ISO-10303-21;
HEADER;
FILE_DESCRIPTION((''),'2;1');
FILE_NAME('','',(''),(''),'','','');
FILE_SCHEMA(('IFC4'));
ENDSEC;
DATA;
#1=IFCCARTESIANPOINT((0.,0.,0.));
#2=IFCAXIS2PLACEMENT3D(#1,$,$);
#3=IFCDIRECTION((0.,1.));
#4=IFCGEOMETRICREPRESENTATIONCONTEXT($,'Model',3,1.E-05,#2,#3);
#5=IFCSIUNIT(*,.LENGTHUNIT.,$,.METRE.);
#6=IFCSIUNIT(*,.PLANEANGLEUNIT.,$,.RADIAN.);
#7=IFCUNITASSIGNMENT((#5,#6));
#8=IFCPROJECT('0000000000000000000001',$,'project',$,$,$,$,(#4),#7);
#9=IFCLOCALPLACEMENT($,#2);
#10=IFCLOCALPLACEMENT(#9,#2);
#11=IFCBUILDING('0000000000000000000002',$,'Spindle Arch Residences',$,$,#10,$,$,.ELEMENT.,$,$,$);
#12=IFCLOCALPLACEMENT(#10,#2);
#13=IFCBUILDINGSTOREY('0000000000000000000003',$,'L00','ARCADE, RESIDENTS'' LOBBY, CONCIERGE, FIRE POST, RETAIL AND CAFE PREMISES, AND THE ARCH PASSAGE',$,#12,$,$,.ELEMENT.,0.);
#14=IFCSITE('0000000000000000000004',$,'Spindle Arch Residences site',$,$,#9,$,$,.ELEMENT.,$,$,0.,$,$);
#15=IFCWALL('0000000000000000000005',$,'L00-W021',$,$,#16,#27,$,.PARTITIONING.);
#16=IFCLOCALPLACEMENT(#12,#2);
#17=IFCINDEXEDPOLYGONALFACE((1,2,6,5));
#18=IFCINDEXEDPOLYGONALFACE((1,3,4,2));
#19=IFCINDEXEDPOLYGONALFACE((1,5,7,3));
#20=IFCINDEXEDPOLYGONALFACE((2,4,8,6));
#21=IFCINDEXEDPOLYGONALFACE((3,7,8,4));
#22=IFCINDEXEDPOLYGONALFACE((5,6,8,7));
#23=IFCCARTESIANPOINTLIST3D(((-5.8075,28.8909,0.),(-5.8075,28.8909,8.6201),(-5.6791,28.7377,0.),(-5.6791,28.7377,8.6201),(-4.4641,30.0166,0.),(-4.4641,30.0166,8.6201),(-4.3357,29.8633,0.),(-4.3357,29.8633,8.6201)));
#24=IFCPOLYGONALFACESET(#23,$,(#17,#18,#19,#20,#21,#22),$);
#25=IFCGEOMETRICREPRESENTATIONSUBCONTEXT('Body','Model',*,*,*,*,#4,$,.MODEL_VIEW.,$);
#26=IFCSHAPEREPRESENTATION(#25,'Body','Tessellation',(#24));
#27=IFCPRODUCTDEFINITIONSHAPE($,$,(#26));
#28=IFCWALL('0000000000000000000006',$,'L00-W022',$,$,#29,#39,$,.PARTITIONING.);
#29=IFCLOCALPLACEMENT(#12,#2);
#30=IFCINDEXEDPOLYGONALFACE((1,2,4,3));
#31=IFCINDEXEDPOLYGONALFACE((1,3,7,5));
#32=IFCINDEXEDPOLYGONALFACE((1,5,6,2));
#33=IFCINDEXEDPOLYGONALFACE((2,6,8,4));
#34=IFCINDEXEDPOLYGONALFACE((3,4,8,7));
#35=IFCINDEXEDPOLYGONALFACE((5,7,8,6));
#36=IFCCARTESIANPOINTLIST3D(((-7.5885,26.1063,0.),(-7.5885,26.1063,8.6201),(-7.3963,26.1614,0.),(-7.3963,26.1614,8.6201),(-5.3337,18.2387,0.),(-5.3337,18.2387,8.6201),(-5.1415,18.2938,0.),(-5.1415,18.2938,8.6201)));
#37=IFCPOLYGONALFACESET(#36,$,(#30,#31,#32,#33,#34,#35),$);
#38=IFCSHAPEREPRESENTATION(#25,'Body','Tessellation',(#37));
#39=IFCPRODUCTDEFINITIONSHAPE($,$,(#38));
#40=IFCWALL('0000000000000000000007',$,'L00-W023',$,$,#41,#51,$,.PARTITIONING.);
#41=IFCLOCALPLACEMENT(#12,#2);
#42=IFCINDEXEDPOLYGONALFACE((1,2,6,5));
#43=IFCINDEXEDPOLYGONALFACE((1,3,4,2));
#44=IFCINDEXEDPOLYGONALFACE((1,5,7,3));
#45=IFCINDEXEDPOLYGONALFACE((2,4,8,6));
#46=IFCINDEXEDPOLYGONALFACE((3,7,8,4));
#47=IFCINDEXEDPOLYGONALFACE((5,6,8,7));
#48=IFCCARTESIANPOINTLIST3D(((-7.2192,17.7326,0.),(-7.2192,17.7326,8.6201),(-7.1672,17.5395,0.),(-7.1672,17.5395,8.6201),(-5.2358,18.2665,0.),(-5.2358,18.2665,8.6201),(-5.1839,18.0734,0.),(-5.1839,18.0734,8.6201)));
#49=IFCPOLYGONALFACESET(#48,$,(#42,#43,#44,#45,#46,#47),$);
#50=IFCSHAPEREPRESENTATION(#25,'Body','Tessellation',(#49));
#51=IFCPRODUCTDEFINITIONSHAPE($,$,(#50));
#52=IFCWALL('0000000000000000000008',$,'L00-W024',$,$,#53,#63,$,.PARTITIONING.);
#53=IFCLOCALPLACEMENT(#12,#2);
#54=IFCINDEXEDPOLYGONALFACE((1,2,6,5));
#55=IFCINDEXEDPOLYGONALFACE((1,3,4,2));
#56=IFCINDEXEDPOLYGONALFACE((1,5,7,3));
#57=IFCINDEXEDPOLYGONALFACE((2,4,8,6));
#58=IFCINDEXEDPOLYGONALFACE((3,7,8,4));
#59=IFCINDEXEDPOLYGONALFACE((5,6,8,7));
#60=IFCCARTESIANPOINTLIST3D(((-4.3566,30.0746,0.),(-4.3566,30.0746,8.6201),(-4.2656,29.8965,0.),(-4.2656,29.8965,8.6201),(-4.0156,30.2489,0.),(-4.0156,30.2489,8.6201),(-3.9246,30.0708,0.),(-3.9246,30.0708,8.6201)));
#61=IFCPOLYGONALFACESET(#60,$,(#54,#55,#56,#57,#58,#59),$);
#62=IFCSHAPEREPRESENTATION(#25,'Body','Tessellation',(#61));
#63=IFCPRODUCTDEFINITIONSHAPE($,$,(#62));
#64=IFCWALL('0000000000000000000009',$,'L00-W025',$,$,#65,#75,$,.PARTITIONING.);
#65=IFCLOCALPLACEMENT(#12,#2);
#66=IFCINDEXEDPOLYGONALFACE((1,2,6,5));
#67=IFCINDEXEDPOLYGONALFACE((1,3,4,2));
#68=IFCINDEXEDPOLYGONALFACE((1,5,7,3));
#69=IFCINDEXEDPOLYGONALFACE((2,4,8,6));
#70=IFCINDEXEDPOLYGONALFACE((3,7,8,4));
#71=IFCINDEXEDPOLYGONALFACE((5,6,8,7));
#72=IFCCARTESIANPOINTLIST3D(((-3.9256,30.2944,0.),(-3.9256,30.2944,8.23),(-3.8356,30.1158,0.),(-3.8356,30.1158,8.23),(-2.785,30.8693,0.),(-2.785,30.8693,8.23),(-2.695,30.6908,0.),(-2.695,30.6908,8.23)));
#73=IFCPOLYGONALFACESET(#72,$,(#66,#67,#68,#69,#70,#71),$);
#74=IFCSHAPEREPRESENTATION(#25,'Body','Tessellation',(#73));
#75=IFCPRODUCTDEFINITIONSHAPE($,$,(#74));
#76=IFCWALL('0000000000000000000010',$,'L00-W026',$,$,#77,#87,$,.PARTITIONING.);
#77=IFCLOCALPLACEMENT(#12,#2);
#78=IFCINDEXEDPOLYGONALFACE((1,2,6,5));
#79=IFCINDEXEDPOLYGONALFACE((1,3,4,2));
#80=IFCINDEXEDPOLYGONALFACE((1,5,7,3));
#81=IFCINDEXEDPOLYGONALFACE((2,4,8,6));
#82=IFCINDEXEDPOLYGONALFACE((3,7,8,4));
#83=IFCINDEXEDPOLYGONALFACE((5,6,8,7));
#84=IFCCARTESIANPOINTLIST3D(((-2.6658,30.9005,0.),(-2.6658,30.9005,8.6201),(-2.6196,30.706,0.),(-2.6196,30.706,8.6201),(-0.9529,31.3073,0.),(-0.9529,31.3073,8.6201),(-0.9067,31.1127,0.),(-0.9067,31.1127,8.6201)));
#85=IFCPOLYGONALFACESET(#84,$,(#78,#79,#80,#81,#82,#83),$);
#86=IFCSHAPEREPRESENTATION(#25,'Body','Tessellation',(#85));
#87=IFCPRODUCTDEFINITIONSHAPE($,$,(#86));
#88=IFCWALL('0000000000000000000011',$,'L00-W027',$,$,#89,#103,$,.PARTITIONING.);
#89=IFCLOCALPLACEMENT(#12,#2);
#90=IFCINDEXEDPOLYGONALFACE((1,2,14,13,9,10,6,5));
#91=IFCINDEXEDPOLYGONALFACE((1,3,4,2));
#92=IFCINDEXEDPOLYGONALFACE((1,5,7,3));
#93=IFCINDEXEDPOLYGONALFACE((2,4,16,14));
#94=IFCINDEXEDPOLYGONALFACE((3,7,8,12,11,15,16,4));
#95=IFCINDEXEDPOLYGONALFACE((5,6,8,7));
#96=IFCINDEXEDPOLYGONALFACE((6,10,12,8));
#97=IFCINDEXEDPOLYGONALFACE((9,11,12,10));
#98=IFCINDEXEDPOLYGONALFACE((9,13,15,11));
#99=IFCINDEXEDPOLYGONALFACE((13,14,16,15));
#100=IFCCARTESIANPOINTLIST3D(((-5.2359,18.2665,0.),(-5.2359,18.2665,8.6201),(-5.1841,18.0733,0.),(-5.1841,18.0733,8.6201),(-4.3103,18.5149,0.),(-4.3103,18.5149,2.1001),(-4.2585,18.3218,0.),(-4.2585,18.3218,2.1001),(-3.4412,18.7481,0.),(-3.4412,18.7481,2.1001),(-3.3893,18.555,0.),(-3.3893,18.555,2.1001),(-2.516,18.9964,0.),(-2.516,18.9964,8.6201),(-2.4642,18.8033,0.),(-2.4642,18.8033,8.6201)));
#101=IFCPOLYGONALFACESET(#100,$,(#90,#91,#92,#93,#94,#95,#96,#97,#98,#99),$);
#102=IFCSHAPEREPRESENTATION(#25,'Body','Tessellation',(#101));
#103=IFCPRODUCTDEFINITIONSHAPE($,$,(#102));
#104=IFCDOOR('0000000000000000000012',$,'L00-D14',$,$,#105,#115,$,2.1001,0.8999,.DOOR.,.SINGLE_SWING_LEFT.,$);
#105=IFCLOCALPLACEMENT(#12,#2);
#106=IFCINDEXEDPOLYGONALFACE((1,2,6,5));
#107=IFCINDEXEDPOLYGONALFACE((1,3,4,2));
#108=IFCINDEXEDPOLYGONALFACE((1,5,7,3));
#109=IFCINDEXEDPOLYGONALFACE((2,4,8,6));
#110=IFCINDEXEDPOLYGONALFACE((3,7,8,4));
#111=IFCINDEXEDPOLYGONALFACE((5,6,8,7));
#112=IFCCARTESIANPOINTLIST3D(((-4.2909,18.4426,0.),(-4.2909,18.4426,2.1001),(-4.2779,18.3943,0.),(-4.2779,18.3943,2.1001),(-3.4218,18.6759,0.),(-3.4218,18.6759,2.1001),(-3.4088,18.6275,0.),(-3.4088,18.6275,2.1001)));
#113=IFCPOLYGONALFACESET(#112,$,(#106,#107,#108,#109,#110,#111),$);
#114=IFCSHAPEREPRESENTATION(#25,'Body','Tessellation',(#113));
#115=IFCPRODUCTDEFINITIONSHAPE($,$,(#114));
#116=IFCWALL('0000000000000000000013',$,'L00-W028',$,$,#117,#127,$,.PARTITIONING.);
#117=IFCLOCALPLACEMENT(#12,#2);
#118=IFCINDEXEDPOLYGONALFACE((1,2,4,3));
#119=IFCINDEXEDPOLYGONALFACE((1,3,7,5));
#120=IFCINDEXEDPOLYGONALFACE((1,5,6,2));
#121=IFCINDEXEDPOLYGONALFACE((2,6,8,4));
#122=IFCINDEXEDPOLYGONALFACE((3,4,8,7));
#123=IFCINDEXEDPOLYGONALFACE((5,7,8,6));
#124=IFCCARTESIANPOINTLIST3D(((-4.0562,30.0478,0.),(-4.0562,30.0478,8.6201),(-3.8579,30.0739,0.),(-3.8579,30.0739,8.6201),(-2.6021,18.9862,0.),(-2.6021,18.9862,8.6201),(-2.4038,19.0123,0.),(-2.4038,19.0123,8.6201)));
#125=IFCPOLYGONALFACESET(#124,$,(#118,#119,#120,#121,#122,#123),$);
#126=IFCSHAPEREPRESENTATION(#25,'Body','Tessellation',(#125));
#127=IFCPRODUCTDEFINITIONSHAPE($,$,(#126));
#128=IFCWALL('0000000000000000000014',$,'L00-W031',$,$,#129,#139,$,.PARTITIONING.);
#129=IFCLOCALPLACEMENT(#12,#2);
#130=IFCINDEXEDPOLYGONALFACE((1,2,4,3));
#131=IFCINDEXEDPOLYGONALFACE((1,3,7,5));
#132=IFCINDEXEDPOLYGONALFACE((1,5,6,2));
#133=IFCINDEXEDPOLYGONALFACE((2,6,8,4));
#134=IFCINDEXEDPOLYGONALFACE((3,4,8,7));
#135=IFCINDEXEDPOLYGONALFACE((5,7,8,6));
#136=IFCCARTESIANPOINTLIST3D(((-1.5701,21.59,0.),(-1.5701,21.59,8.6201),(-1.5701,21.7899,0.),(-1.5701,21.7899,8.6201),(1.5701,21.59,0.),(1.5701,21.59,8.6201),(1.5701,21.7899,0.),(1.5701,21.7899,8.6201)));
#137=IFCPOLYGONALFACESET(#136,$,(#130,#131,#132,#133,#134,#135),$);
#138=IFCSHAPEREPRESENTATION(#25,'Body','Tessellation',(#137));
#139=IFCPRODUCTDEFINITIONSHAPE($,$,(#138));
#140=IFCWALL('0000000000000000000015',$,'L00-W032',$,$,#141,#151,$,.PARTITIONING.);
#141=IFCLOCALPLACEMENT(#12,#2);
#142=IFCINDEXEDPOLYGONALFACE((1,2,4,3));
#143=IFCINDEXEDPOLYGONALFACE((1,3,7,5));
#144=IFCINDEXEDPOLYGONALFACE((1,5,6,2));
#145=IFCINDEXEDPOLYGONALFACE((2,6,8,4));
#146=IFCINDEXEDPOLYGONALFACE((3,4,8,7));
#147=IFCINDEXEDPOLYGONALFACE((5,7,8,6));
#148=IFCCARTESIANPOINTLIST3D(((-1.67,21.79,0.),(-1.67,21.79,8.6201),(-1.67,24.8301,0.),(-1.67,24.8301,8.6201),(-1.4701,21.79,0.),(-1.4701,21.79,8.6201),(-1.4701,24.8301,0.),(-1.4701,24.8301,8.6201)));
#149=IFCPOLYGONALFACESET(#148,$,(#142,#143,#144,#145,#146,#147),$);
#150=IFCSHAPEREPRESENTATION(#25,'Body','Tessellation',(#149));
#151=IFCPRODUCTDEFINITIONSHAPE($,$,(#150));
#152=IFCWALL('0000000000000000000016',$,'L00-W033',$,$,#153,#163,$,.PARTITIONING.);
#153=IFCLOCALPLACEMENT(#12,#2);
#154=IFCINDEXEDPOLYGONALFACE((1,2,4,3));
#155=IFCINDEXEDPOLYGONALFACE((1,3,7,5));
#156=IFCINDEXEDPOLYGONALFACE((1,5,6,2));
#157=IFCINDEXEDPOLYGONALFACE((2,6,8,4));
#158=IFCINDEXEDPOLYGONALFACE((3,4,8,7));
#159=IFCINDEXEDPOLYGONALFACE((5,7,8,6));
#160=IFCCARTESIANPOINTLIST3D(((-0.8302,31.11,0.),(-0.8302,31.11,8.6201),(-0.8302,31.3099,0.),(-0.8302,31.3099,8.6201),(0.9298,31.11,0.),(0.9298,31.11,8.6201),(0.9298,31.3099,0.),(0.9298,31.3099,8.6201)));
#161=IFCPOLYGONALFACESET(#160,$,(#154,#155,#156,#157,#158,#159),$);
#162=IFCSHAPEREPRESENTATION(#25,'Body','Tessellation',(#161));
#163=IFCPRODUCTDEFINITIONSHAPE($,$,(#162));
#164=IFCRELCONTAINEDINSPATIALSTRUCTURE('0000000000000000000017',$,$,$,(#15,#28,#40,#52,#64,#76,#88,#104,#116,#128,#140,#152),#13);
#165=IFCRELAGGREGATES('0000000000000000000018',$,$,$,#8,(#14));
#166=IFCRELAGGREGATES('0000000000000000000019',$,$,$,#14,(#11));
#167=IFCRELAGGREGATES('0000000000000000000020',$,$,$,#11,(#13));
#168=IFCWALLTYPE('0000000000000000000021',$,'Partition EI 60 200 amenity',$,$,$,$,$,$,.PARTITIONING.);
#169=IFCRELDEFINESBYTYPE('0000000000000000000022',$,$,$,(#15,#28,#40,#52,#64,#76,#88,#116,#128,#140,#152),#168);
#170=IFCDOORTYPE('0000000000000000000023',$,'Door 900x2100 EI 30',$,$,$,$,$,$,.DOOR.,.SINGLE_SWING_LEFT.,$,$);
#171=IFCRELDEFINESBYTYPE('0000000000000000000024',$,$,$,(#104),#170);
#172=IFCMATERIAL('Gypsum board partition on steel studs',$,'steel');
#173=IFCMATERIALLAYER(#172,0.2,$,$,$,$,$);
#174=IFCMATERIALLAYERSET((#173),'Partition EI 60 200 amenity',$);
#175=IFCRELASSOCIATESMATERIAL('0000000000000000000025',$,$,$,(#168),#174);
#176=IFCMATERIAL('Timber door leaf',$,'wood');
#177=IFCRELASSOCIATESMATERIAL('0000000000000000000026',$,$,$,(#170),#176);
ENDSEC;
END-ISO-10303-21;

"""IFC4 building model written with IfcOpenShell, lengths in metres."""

from ifc_helpers import new_model, si_unit, direction, frame, frame_2d, origin, place, context, subcontext, project, spatial, rectangle, extrude, material, layer, layer_set, type_object, element, fill, save


model = new_model("IFC4")

# Units and contexts
model_context = context("Model", 3, precision=1e-05, world=origin(), true_north=direction((0.0, 1.0)))
body_context = subcontext(model_context, "Body", "Model", "MODEL_VIEW")
ifc_project = project(units=[si_unit("LENGTHUNIT", "METRE"), si_unit("PLANEANGLEUNIT", "RADIAN")], contexts=[model_context])

# Site, building, storey
site_placement = place(None, origin())
site = spatial("IfcSite", under=ifc_project, at=site_placement, Name="Spindle Arch Residences site", CompositionType="ELEMENT", RefElevation=0.0)
building_placement = place(site_placement, origin())
building = spatial("IfcBuilding", under=site, at=building_placement, Name="Spindle Arch Residences", CompositionType="ELEMENT")
storey_placement = place(building_placement, origin())
storey = spatial("IfcBuildingStorey", under=building, at=storey_placement, Name="L00", Description="ARCADE, RESIDENTS' LOBBY, CONCIERGE, FIRE POST, RETAIL AND CAFE PREMISES, AND THE ARCH PASSAGE", CompositionType="ELEMENT", Elevation=0.0)

# Shared definitions
ifc_material_1 = material(Name="Gypsum board partition on steel studs", Category="steel")
ifc_layer_1 = layer(ifc_material_1, 0.2)
ifc_layer_set_1 = layer_set([ifc_layer_1], Name="Partition EI 60 200 amenity")
wall_type = type_object("IfcWallType", Name="Partition EI 60 200 amenity", PredefinedType="PARTITIONING", material=ifc_layer_set_1)

# Walls
wall_1_placement = place(storey_placement, frame((-5.7434, 28.8142, 0.0), z_axis=(0.0, 0.0, 1.0), x_axis=(0.766495, 0.642251, 0.0)))
element("IfcWall", 1, at=wall_1_placement, inside=storey, type_object=wall_type, Name="L00-W021", PredefinedType="PARTITIONING", context=body_context, shape_type="SweptSolid", body=[
    extrude(rectangle(XDim=1.7527, YDim=0.2, at=frame_2d((0.8765, 0.0))), origin(), (0.0, 0.0, 1.0), 8.6201),
])
wall_2_placement = place(storey_placement, frame((-5.2375, 18.2661, 0.0), z_axis=(0.0, 0.0, 1.0), x_axis=(-0.275509, 0.961298, 0.0)))
element("IfcWall", 2, at=wall_2_placement, inside=storey, type_object=wall_type, Name="L00-W022", PredefinedType="PARTITIONING", context=body_context, shape_type="SweptSolid", body=[
    extrude(rectangle(XDim=8.1843, YDim=0.2, at=frame_2d((4.0923, 0.0))), origin(), (0.0, 0.0, 1.0), 8.6201),
])
wall_3_placement = place(storey_placement, frame((-5.21, 18.1699, 0.0), z_axis=(0.0, 0.0, 1.0), x_axis=(-0.965623, -0.259948, 0.0)))
element("IfcWall", 3, at=wall_3_placement, inside=storey, type_object=wall_type, Name="L00-W023", PredefinedType="PARTITIONING", context=body_context, shape_type="SweptSolid", body=[
    extrude(rectangle(XDim=2.054, YDim=0.2, at=frame_2d((1.0269, 0.0))), origin(), (0.0, 0.0, 1.0), 8.6201),
])
wall_4_placement = place(storey_placement, frame((-4.311, 29.9856, 0.0), z_axis=(0.0, 0.0, 1.0), x_axis=(0.89044, 0.4551, 0.0)))
element("IfcWall", 4, at=wall_4_placement, inside=storey, type_object=wall_type, Name="L00-W024", PredefinedType="PARTITIONING", context=body_context, shape_type="SweptSolid", body=[
    extrude(rectangle(XDim=0.3831, YDim=0.2, at=frame_2d((0.1914, 0.0))), origin(), (0.0, 0.0, 1.0), 8.6201),
])
wall_5_placement = place(storey_placement, frame((-3.8806, 30.2051, 0.0), z_axis=(0.0, 0.0, 1.0), x_axis=(0.89297, 0.450116, 0.0)))
element("IfcWall", 5, at=wall_5_placement, inside=storey, type_object=wall_type, Name="L00-W025", PredefinedType="PARTITIONING", context=body_context, shape_type="SweptSolid", body=[
    extrude(rectangle(XDim=1.2773, YDim=0.2, at=frame_2d((0.6387, 0.0))), origin(), (0.0, 0.0, 1.0), 8.23),
])
wall_6_placement = place(storey_placement, frame((-2.6428, 30.8032, 0.0), z_axis=(0.0, 0.0, 1.0), x_axis=(0.972946, 0.231033, 0.0)))
element("IfcWall", 6, at=wall_6_placement, inside=storey, type_object=wall_type, Name="L00-W026", PredefinedType="PARTITIONING", context=body_context, shape_type="SweptSolid", body=[
    extrude(rectangle(XDim=1.7605, YDim=0.2, at=frame_2d((0.8804, 0.0))), origin(), (0.0, 0.0, 1.0), 8.6201),
])

# Wall, opening, door
wall_7_placement = place(storey_placement, frame((-2.49, 18.8999, 0.0), z_axis=(0.0, 0.0, 1.0), x_axis=(-0.965822, -0.259205, 0.0)))
wall_7 = element("IfcWall", 7, at=wall_7_placement, inside=storey, type_object=wall_type, Name="L00-W027", PredefinedType="PARTITIONING", context=body_context, shape_type="SweptSolid", body=[
    extrude(rectangle(XDim=2.8162, YDim=0.2, at=frame_2d((1.4082, 0.0))), origin(), (0.0, 0.0, 1.0), 8.6201),
])
opening_1_placement = place(wall_7_placement, frame((0.958, 0.0, 0.0)))
opening_1 = element("IfcOpeningElement", 8, at=opening_1_placement, cuts=wall_7, PredefinedType="OPENING", context=body_context, shape_type="SweptSolid", body=[
    extrude(rectangle(XDim=0.8999, YDim=2.1001, at=frame_2d((0.45, 1.05))), frame((0.0, 0.1099, 0.0), z_axis=(0.0, -1.0, 0.0), x_axis=(1.0, 0.0, 0.0)), (0.0, 0.0, 1.0), 0.22),
])
ifc_material_2 = material(Name="Timber door leaf", Category="wood")
door_type_1 = type_object("IfcDoorType", Name="Door 900x2100 EI 30", OperationType="SINGLE_SWING_LEFT", PredefinedType="DOOR", material=ifc_material_2)
door_1_placement = place(opening_1_placement, origin())
door_1 = element("IfcDoor", 9, at=door_1_placement, inside=storey, type_object=door_type_1, Name="L00-D14", OperationType="SINGLE_SWING_LEFT", OverallHeight=2.1001, OverallWidth=0.8999, PredefinedType="DOOR", context=body_context, shape_type="SweptSolid", body=[
    extrude(rectangle(XDim=0.8999, YDim=2.1001, at=frame_2d((0.45, 1.05))), frame((0.0, 0.0249, 0.0), z_axis=(0.0, -1.0, 0.0), x_axis=(1.0, 0.0, 0.0)), (0.0, 0.0, 1.0), 0.05),
])
fill(opening_1, door_1)

# Walls
wall_8_placement = place(storey_placement, frame((-2.5029, 18.9993, 0.0), z_axis=(0.0, 0.0, 1.0), x_axis=(-0.130335, 0.99147, 0.0)))
element("IfcWall", 10, at=wall_8_placement, inside=storey, type_object=wall_type, Name="L00-W028", PredefinedType="PARTITIONING", context=body_context, shape_type="SweptSolid", body=[
    extrude(rectangle(XDim=11.1567, YDim=0.2, at=frame_2d((5.5784, 0.0))), origin(), (0.0, 0.0, 1.0), 8.6201),
])
wall_9_placement = place(storey_placement, frame((-1.5701, 21.6899, 0.0), z_axis=(0.0, 0.0, 1.0), x_axis=(1.0, 0.0, 0.0)))
element("IfcWall", 11, at=wall_9_placement, inside=storey, type_object=wall_type, Name="L00-W031", PredefinedType="PARTITIONING", context=body_context, shape_type="SweptSolid", body=[
    extrude(rectangle(XDim=3.1401, YDim=0.2, at=frame_2d((1.5701, 0.0))), origin(), (0.0, 0.0, 1.0), 8.6201),
])
wall_10_placement = place(storey_placement, frame((-1.5701, 24.8301, 0.0), z_axis=(0.0, 0.0, 1.0), x_axis=(0.0, -1.0, 0.0)))
element("IfcWall", 12, at=wall_10_placement, inside=storey, type_object=wall_type, Name="L00-W032", PredefinedType="PARTITIONING", context=body_context, shape_type="SweptSolid", body=[
    extrude(rectangle(XDim=3.04, YDim=0.2, at=frame_2d((1.52, 0.0))), origin(), (0.0, 0.0, 1.0), 8.6201),
])
wall_11_placement = place(storey_placement, frame((-0.8301, 31.21, 0.0), z_axis=(0.0, 0.0, 1.0), x_axis=(1.0, 0.0, 0.0)))
element("IfcWall", 13, at=wall_11_placement, inside=storey, type_object=wall_type, Name="L00-W033", PredefinedType="PARTITIONING", context=body_context, shape_type="SweptSolid", body=[
    extrude(rectangle(XDim=1.76, YDim=0.2, at=frame_2d((0.8799, 0.0))), origin(), (0.0, 0.0, 1.0), 8.6201),
])

save(model, "model.ifc")
